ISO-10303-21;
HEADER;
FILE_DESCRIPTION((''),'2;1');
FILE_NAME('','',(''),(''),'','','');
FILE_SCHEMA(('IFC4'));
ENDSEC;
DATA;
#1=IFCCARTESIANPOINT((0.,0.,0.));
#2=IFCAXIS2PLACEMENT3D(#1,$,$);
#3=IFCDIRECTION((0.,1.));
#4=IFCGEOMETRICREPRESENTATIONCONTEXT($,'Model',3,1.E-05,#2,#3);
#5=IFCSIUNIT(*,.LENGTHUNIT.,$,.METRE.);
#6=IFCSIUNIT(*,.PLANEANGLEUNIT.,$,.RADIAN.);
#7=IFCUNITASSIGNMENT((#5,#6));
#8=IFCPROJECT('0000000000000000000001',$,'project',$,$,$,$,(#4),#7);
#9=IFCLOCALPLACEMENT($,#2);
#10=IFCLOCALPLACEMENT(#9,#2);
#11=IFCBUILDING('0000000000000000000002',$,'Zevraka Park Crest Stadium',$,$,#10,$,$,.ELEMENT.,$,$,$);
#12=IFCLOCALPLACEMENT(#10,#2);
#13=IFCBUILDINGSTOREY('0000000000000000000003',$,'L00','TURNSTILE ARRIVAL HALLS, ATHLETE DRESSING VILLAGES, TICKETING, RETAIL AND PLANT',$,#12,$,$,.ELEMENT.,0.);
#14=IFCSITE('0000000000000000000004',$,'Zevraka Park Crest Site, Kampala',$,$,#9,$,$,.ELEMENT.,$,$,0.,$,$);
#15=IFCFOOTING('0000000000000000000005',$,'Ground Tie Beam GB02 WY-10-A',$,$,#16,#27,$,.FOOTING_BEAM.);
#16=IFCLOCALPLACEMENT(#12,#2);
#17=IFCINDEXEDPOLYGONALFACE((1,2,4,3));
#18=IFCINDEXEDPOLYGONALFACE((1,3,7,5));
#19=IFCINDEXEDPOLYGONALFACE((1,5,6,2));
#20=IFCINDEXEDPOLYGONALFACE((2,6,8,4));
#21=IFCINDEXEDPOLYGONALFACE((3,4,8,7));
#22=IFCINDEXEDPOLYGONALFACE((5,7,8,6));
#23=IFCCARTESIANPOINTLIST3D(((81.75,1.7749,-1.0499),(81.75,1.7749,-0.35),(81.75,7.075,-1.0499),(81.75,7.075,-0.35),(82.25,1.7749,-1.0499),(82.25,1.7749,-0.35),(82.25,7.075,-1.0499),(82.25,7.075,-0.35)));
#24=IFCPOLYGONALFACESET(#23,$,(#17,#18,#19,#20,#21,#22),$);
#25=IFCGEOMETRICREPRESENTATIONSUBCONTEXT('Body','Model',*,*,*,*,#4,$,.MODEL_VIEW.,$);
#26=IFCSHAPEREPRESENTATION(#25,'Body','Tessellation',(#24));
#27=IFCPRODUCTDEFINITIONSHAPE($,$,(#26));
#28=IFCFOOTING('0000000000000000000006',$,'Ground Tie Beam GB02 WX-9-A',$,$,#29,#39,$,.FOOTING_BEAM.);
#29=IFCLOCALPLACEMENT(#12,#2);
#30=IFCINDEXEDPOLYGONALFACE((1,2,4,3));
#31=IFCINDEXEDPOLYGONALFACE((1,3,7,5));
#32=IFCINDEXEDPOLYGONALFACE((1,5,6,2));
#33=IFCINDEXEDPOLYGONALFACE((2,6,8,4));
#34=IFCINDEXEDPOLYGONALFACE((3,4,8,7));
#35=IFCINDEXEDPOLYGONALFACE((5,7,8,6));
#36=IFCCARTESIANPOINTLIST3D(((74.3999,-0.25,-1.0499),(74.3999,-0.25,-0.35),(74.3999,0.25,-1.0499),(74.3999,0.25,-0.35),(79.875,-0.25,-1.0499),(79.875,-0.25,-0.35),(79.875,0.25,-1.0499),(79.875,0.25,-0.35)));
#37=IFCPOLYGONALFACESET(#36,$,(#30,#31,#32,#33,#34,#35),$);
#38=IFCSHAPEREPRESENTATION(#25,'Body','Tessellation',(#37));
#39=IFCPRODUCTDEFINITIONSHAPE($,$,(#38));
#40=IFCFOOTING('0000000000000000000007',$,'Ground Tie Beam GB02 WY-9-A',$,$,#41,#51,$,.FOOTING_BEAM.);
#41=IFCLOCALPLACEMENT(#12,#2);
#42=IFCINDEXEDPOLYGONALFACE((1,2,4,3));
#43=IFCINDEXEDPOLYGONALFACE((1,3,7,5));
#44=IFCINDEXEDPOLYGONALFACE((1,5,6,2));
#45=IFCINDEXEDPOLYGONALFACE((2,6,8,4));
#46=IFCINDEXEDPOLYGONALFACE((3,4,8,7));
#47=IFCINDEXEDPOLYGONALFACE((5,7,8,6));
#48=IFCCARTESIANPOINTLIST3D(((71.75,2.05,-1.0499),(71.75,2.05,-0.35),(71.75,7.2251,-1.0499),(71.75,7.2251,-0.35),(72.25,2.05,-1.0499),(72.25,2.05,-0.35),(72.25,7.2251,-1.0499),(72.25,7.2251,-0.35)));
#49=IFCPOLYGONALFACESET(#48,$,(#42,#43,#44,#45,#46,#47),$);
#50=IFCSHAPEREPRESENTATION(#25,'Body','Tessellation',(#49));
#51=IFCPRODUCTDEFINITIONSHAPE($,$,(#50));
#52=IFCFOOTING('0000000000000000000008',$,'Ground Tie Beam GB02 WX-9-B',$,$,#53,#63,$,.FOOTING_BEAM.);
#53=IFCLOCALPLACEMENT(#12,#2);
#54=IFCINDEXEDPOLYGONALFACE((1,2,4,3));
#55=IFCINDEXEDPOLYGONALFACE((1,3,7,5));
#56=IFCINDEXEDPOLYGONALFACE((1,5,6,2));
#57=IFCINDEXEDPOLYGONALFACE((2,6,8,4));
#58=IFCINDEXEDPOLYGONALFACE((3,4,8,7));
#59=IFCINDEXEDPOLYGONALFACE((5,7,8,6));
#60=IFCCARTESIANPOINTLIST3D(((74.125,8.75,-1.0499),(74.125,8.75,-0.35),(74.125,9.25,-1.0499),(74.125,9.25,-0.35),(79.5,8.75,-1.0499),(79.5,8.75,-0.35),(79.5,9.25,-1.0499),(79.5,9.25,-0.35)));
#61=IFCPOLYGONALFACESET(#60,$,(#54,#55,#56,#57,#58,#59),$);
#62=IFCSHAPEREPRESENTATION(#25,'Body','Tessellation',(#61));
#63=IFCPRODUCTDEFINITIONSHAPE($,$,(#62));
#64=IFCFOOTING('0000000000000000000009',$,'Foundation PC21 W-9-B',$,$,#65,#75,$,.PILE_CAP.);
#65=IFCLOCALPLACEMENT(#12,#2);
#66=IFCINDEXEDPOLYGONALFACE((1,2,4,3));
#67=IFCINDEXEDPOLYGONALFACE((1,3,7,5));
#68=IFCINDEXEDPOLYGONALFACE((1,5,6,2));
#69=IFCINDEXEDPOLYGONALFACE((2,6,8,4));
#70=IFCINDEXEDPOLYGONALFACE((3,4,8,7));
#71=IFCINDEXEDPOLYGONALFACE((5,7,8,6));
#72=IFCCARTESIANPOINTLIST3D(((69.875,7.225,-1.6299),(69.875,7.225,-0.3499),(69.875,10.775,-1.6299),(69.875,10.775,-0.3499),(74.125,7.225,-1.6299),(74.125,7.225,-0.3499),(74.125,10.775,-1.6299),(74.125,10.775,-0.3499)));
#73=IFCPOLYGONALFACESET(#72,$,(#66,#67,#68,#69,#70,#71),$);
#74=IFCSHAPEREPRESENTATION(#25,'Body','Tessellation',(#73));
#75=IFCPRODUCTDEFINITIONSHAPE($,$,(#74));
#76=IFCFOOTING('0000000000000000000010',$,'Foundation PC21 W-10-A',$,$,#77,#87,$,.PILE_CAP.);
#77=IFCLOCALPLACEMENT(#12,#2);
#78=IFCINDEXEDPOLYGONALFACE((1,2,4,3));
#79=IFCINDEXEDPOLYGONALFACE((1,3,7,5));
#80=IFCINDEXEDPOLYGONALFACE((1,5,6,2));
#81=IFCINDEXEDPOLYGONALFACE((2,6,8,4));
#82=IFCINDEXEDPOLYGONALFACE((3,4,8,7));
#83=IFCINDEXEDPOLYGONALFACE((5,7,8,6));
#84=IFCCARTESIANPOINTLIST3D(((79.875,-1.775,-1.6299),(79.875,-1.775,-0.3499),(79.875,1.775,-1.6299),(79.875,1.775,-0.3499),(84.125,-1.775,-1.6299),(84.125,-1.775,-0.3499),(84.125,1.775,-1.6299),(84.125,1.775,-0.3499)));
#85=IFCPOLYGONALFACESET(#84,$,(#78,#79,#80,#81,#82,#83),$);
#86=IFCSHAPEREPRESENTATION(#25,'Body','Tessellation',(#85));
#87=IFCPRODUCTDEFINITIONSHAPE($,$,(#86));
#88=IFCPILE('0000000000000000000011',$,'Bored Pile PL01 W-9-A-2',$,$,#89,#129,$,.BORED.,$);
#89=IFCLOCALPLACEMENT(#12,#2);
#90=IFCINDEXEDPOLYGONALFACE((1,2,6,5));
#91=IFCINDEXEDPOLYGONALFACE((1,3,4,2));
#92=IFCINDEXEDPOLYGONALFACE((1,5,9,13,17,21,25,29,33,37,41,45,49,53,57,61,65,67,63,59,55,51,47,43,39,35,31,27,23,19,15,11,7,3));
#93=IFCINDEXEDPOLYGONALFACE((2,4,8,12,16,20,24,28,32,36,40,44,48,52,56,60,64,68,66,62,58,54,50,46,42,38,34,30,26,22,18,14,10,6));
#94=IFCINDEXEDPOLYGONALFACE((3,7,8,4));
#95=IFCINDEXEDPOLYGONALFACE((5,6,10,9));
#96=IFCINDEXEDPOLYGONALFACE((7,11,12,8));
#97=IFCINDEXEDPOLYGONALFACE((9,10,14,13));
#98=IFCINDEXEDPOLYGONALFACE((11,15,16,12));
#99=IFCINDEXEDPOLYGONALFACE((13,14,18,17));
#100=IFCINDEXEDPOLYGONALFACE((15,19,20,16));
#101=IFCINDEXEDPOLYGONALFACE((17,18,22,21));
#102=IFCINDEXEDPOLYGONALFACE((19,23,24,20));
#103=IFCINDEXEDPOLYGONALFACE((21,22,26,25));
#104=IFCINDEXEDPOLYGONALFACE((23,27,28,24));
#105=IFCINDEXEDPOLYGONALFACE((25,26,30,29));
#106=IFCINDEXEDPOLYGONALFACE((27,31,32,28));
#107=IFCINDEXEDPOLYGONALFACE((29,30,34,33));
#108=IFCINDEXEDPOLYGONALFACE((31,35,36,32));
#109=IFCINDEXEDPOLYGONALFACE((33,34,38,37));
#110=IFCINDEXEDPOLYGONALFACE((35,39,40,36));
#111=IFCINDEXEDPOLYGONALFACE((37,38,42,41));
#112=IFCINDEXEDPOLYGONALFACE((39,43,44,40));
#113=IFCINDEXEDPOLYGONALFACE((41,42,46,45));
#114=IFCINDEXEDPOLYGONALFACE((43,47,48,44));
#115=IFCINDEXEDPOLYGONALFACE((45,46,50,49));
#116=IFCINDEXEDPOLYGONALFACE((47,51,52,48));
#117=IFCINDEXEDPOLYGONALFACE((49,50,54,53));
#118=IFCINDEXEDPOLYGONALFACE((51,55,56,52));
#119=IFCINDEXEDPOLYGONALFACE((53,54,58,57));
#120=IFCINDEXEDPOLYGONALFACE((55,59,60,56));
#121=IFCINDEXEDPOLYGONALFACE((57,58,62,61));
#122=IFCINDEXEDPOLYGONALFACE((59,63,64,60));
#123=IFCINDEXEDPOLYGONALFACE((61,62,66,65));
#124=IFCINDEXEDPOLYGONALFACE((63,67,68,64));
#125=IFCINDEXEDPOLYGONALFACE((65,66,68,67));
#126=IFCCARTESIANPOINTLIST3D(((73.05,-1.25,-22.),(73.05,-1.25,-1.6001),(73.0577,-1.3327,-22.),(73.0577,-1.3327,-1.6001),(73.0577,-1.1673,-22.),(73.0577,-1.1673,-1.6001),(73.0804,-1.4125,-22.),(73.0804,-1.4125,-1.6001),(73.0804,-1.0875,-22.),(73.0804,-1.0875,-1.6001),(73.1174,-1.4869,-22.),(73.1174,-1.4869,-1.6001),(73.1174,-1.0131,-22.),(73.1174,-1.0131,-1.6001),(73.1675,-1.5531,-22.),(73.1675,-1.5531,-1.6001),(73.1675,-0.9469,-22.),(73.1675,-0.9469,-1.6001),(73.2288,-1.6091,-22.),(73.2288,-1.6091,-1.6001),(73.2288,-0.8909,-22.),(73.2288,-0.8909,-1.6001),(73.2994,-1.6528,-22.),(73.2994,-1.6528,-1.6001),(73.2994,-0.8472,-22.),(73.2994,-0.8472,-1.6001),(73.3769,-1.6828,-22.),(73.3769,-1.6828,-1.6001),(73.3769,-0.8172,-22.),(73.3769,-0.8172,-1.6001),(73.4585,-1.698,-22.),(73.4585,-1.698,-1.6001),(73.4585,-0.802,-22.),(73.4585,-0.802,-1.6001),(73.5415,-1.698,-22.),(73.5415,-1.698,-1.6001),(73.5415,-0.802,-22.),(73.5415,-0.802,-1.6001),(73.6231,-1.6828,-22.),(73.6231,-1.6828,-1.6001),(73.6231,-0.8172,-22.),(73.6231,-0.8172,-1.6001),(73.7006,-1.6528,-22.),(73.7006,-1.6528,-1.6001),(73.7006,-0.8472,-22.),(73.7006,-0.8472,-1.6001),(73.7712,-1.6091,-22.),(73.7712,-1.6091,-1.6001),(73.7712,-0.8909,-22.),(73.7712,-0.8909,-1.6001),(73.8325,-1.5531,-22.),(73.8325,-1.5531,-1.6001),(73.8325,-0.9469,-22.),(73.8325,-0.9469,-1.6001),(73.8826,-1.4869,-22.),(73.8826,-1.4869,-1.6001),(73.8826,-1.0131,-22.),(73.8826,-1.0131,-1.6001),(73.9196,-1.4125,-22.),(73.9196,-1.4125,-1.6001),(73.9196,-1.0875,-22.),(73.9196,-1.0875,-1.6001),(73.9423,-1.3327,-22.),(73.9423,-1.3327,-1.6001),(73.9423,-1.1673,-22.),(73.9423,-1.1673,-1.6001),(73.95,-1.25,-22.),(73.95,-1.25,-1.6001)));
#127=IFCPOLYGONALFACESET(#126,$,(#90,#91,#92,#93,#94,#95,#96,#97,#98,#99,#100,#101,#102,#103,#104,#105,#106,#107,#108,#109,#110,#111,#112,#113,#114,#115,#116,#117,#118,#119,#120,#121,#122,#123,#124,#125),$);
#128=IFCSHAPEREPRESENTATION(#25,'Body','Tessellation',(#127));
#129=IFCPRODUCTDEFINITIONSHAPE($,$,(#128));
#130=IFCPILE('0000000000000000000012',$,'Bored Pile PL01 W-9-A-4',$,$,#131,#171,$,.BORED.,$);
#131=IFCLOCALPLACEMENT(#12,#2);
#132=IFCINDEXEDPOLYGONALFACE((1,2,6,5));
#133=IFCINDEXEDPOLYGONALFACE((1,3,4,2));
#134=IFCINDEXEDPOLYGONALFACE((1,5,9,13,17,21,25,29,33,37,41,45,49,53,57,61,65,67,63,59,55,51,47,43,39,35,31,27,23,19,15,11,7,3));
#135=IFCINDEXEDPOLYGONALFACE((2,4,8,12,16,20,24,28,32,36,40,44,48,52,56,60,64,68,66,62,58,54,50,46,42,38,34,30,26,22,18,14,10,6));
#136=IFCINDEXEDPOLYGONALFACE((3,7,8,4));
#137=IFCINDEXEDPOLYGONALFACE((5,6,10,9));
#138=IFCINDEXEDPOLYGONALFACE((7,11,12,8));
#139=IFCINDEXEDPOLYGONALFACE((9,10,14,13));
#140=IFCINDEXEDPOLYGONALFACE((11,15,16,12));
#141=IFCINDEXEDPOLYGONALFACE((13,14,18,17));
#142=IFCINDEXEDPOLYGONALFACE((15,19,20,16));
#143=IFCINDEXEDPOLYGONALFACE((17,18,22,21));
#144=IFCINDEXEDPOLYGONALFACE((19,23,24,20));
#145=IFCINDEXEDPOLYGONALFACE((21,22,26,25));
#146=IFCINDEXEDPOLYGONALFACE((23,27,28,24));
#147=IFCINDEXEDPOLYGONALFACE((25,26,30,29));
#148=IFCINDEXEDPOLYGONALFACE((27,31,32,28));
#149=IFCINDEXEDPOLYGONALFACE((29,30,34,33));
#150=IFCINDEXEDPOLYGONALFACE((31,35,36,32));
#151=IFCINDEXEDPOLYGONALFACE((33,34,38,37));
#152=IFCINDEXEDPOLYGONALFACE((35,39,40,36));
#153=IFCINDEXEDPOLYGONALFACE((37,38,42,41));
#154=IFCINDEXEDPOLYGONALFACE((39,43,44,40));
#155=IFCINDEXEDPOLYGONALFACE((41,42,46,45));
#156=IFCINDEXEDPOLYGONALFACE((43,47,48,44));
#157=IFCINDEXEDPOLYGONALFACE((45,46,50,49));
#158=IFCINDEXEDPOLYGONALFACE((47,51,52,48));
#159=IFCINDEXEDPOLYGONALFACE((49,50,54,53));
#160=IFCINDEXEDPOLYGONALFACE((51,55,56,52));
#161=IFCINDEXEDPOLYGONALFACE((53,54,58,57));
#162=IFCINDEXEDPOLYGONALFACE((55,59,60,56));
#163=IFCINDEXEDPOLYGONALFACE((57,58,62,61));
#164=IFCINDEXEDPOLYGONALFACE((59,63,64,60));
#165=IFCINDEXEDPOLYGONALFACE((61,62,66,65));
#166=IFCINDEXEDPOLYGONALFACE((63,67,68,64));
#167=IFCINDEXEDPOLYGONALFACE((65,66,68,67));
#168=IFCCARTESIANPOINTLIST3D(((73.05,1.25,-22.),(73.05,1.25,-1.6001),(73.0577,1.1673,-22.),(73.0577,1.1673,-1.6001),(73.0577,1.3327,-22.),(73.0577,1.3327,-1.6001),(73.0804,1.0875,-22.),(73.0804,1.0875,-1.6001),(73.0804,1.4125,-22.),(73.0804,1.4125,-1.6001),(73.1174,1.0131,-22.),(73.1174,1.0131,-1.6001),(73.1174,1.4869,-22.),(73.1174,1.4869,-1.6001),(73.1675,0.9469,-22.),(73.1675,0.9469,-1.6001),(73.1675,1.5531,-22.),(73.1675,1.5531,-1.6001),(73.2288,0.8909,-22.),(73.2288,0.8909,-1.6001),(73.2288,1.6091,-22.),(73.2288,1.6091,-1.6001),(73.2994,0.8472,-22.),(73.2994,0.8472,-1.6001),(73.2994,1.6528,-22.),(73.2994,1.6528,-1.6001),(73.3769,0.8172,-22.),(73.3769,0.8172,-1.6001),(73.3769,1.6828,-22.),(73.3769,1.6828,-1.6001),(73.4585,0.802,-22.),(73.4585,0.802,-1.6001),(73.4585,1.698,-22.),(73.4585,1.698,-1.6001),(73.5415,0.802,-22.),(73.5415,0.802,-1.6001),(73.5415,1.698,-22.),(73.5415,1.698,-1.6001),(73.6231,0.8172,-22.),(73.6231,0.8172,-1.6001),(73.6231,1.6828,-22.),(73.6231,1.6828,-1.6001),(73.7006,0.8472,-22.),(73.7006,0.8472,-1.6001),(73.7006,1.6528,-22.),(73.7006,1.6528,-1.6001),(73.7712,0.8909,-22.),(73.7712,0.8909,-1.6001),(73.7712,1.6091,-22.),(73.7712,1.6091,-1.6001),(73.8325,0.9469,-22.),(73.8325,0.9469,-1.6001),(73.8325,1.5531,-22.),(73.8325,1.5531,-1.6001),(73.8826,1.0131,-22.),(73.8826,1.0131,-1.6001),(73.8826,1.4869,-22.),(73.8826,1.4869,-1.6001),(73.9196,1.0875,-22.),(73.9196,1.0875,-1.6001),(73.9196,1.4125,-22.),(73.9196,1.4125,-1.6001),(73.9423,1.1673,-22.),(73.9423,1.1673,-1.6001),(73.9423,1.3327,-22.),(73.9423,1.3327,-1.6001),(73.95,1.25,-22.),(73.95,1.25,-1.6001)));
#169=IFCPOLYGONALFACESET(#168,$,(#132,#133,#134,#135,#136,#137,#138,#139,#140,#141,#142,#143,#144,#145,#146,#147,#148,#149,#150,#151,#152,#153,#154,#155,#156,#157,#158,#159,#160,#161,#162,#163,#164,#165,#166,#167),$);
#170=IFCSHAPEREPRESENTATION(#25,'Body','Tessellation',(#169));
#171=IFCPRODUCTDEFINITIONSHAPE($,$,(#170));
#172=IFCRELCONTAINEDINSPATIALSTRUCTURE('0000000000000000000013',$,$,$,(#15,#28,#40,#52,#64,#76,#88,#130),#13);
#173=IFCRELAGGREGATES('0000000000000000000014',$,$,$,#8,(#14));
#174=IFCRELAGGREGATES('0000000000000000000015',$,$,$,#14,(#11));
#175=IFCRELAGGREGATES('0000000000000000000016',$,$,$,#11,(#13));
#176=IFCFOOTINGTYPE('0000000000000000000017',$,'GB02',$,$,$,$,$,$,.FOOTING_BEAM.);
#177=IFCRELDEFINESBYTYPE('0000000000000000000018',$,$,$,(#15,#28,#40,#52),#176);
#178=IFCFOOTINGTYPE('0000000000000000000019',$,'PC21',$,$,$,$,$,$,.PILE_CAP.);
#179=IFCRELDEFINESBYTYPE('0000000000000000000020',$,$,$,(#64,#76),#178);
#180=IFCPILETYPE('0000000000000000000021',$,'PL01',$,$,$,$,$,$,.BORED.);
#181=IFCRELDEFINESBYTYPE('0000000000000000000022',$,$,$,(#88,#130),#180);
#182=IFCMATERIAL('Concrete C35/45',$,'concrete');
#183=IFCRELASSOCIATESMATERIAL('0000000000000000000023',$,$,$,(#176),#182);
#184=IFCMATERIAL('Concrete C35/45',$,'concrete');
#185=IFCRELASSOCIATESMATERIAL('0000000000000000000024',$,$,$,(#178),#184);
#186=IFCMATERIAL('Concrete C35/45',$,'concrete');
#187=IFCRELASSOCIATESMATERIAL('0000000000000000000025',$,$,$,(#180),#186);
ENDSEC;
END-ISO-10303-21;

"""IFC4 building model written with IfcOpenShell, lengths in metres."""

from ifc_helpers import new_model, si_unit, direction, frame, origin, origin_2d, place, context, subcontext, project, spatial, rectangle, circle, extrude, material, material_profile, profile_set, type_object, element, save


model = new_model("IFC4")

# Units and contexts
model_context = context("Model", 3, precision=1e-05, world=origin(), true_north=direction((0.0, 1.0)))
body_context = subcontext(model_context, "Body", "Model", "MODEL_VIEW")
ifc_project = project(units=[si_unit("LENGTHUNIT", "METRE"), si_unit("PLANEANGLEUNIT", "RADIAN")], contexts=[model_context])

# Site, building, storey
site_placement = place(None, origin())
site = spatial("IfcSite", under=ifc_project, at=site_placement, Name="Zevraka Park Crest Site, Kampala", CompositionType="ELEMENT", RefElevation=0.0)
building_placement = place(site_placement, origin())
building = spatial("IfcBuilding", under=site, at=building_placement, Name="Zevraka Park Crest Stadium", CompositionType="ELEMENT")
storey_placement = place(building_placement, origin())
storey = spatial("IfcBuildingStorey", under=building, at=storey_placement, Name="L00", Description="TURNSTILE ARRIVAL HALLS, ATHLETE DRESSING VILLAGES, TICKETING, RETAIL AND PLANT", CompositionType="ELEMENT", Elevation=0.0)

# Footings
ifc_material_1 = material(Name="Concrete C35/45", Category="concrete")
ifc_material_profile_1 = material_profile(ifc_material_1, rectangle(XDim=0.5, YDim=0.7, at=origin_2d()), Name="GB 700x500")
ifc_profile_set_1 = profile_set([ifc_material_profile_1], Name="Concrete C35/45")
footing_type_1 = type_object("IfcFootingType", Name="GB02", PredefinedType="FOOTING_BEAM", material=ifc_profile_set_1)
footing_1_placement = place(storey_placement, frame((82.0, 1.7749, -0.7), z_axis=(0.0, 1.0, 0.0), x_axis=(-1.0, 0.0, 0.0)))
element("IfcFooting", 1, at=footing_1_placement, inside=storey, type_object=footing_type_1, Name="Ground Tie Beam GB02 WY-10-A", PredefinedType="FOOTING_BEAM", context=body_context, shape_type="SweptSolid", body=[
    extrude(rectangle(XDim=0.5, YDim=0.7, at=origin_2d()), origin(), (0.0, 0.0, 1.0), 5.3),
])
footing_2_placement = place(storey_placement, frame((74.3999, 0.0, -0.7), z_axis=(1.0, 0.0, 0.0), x_axis=(0.0, 1.0, 0.0)))
element("IfcFooting", 2, at=footing_2_placement, inside=storey, type_object=footing_type_1, Name="Ground Tie Beam GB02 WX-9-A", PredefinedType="FOOTING_BEAM", context=body_context, shape_type="SweptSolid", body=[
    extrude(rectangle(XDim=0.5, YDim=0.7, at=origin_2d()), origin(), (0.0, 0.0, 1.0), 5.4751),
])
footing_3_placement = place(storey_placement, frame((72.0, 2.05, -0.7), z_axis=(0.0, 1.0, 0.0), x_axis=(-1.0, 0.0, 0.0)))
element("IfcFooting", 3, at=footing_3_placement, inside=storey, type_object=footing_type_1, Name="Ground Tie Beam GB02 WY-9-A", PredefinedType="FOOTING_BEAM", context=body_context, shape_type="SweptSolid", body=[
    extrude(rectangle(XDim=0.5, YDim=0.7, at=origin_2d()), origin(), (0.0, 0.0, 1.0), 5.175),
])
footing_4_placement = place(storey_placement, frame((74.125, 9.0, -0.7), z_axis=(1.0, 0.0, 0.0), x_axis=(0.0, 1.0, 0.0)))
element("IfcFooting", 4, at=footing_4_placement, inside=storey, type_object=footing_type_1, Name="Ground Tie Beam GB02 WX-9-B", PredefinedType="FOOTING_BEAM", context=body_context, shape_type="SweptSolid", body=[
    extrude(rectangle(XDim=0.5, YDim=0.7, at=origin_2d()), origin(), (0.0, 0.0, 1.0), 5.375),
])
ifc_material_2 = material(Name="Concrete C35/45", Category="concrete")
footing_type_2 = type_object("IfcFootingType", Name="PC21", PredefinedType="PILE_CAP", material=ifc_material_2)
for number, where, z_axis, x_axis, name in (
    (5, (72.0, 9.0, -1.6299), (0.0, 0.0, 1.0), (1.0, 0.0, 0.0), "Foundation PC21 W-9-B"),
    (6, (82.0, 0.0, -1.6299), (0.0, 0.0, 1.0), (1.0, 0.0, 0.0), "Foundation PC21 W-10-A"),
):
    element("IfcFooting", number, at=place(storey_placement, frame(where, z_axis=z_axis, x_axis=x_axis)), inside=storey, type_object=footing_type_2, Name=name, PredefinedType="PILE_CAP", context=body_context, shape_type="SweptSolid", body=[
        extrude(rectangle(XDim=4.25, YDim=3.55, at=origin_2d()), origin(), (0.0, 0.0, 1.0), 1.28),
    ])

# Piles
ifc_material_3 = material(Name="Concrete C35/45", Category="concrete")
ifc_material_profile_2 = material_profile(ifc_material_3, circle(Radius=0.45, at=origin_2d()), Name="PILE D900")
ifc_profile_set_2 = profile_set([ifc_material_profile_2], Name="Concrete C35/45")
pile_type = type_object("IfcPileType", Name="PL01", PredefinedType="BORED", material=ifc_profile_set_2)
for number, where, z_axis, x_axis, name in (
    (7, (73.5, -1.25, -1.6001), (0.0, 0.0, -1.0), (1.0, 0.0, 0.0), "Bored Pile PL01 W-9-A-2"),
    (8, (73.5, 1.25, -1.6001), (0.0, 0.0, -1.0), (1.0, 0.0, 0.0), "Bored Pile PL01 W-9-A-4"),
):
    element("IfcPile", number, at=place(storey_placement, frame(where, z_axis=z_axis, x_axis=x_axis)), inside=storey, type_object=pile_type, Name=name, PredefinedType="BORED", context=body_context, shape_type="SweptSolid", body=[
        extrude(circle(Radius=0.45, at=origin_2d()), origin(), (0.0, 0.0, 1.0), 20.3999),
    ])

save(model, "model.ifc")
